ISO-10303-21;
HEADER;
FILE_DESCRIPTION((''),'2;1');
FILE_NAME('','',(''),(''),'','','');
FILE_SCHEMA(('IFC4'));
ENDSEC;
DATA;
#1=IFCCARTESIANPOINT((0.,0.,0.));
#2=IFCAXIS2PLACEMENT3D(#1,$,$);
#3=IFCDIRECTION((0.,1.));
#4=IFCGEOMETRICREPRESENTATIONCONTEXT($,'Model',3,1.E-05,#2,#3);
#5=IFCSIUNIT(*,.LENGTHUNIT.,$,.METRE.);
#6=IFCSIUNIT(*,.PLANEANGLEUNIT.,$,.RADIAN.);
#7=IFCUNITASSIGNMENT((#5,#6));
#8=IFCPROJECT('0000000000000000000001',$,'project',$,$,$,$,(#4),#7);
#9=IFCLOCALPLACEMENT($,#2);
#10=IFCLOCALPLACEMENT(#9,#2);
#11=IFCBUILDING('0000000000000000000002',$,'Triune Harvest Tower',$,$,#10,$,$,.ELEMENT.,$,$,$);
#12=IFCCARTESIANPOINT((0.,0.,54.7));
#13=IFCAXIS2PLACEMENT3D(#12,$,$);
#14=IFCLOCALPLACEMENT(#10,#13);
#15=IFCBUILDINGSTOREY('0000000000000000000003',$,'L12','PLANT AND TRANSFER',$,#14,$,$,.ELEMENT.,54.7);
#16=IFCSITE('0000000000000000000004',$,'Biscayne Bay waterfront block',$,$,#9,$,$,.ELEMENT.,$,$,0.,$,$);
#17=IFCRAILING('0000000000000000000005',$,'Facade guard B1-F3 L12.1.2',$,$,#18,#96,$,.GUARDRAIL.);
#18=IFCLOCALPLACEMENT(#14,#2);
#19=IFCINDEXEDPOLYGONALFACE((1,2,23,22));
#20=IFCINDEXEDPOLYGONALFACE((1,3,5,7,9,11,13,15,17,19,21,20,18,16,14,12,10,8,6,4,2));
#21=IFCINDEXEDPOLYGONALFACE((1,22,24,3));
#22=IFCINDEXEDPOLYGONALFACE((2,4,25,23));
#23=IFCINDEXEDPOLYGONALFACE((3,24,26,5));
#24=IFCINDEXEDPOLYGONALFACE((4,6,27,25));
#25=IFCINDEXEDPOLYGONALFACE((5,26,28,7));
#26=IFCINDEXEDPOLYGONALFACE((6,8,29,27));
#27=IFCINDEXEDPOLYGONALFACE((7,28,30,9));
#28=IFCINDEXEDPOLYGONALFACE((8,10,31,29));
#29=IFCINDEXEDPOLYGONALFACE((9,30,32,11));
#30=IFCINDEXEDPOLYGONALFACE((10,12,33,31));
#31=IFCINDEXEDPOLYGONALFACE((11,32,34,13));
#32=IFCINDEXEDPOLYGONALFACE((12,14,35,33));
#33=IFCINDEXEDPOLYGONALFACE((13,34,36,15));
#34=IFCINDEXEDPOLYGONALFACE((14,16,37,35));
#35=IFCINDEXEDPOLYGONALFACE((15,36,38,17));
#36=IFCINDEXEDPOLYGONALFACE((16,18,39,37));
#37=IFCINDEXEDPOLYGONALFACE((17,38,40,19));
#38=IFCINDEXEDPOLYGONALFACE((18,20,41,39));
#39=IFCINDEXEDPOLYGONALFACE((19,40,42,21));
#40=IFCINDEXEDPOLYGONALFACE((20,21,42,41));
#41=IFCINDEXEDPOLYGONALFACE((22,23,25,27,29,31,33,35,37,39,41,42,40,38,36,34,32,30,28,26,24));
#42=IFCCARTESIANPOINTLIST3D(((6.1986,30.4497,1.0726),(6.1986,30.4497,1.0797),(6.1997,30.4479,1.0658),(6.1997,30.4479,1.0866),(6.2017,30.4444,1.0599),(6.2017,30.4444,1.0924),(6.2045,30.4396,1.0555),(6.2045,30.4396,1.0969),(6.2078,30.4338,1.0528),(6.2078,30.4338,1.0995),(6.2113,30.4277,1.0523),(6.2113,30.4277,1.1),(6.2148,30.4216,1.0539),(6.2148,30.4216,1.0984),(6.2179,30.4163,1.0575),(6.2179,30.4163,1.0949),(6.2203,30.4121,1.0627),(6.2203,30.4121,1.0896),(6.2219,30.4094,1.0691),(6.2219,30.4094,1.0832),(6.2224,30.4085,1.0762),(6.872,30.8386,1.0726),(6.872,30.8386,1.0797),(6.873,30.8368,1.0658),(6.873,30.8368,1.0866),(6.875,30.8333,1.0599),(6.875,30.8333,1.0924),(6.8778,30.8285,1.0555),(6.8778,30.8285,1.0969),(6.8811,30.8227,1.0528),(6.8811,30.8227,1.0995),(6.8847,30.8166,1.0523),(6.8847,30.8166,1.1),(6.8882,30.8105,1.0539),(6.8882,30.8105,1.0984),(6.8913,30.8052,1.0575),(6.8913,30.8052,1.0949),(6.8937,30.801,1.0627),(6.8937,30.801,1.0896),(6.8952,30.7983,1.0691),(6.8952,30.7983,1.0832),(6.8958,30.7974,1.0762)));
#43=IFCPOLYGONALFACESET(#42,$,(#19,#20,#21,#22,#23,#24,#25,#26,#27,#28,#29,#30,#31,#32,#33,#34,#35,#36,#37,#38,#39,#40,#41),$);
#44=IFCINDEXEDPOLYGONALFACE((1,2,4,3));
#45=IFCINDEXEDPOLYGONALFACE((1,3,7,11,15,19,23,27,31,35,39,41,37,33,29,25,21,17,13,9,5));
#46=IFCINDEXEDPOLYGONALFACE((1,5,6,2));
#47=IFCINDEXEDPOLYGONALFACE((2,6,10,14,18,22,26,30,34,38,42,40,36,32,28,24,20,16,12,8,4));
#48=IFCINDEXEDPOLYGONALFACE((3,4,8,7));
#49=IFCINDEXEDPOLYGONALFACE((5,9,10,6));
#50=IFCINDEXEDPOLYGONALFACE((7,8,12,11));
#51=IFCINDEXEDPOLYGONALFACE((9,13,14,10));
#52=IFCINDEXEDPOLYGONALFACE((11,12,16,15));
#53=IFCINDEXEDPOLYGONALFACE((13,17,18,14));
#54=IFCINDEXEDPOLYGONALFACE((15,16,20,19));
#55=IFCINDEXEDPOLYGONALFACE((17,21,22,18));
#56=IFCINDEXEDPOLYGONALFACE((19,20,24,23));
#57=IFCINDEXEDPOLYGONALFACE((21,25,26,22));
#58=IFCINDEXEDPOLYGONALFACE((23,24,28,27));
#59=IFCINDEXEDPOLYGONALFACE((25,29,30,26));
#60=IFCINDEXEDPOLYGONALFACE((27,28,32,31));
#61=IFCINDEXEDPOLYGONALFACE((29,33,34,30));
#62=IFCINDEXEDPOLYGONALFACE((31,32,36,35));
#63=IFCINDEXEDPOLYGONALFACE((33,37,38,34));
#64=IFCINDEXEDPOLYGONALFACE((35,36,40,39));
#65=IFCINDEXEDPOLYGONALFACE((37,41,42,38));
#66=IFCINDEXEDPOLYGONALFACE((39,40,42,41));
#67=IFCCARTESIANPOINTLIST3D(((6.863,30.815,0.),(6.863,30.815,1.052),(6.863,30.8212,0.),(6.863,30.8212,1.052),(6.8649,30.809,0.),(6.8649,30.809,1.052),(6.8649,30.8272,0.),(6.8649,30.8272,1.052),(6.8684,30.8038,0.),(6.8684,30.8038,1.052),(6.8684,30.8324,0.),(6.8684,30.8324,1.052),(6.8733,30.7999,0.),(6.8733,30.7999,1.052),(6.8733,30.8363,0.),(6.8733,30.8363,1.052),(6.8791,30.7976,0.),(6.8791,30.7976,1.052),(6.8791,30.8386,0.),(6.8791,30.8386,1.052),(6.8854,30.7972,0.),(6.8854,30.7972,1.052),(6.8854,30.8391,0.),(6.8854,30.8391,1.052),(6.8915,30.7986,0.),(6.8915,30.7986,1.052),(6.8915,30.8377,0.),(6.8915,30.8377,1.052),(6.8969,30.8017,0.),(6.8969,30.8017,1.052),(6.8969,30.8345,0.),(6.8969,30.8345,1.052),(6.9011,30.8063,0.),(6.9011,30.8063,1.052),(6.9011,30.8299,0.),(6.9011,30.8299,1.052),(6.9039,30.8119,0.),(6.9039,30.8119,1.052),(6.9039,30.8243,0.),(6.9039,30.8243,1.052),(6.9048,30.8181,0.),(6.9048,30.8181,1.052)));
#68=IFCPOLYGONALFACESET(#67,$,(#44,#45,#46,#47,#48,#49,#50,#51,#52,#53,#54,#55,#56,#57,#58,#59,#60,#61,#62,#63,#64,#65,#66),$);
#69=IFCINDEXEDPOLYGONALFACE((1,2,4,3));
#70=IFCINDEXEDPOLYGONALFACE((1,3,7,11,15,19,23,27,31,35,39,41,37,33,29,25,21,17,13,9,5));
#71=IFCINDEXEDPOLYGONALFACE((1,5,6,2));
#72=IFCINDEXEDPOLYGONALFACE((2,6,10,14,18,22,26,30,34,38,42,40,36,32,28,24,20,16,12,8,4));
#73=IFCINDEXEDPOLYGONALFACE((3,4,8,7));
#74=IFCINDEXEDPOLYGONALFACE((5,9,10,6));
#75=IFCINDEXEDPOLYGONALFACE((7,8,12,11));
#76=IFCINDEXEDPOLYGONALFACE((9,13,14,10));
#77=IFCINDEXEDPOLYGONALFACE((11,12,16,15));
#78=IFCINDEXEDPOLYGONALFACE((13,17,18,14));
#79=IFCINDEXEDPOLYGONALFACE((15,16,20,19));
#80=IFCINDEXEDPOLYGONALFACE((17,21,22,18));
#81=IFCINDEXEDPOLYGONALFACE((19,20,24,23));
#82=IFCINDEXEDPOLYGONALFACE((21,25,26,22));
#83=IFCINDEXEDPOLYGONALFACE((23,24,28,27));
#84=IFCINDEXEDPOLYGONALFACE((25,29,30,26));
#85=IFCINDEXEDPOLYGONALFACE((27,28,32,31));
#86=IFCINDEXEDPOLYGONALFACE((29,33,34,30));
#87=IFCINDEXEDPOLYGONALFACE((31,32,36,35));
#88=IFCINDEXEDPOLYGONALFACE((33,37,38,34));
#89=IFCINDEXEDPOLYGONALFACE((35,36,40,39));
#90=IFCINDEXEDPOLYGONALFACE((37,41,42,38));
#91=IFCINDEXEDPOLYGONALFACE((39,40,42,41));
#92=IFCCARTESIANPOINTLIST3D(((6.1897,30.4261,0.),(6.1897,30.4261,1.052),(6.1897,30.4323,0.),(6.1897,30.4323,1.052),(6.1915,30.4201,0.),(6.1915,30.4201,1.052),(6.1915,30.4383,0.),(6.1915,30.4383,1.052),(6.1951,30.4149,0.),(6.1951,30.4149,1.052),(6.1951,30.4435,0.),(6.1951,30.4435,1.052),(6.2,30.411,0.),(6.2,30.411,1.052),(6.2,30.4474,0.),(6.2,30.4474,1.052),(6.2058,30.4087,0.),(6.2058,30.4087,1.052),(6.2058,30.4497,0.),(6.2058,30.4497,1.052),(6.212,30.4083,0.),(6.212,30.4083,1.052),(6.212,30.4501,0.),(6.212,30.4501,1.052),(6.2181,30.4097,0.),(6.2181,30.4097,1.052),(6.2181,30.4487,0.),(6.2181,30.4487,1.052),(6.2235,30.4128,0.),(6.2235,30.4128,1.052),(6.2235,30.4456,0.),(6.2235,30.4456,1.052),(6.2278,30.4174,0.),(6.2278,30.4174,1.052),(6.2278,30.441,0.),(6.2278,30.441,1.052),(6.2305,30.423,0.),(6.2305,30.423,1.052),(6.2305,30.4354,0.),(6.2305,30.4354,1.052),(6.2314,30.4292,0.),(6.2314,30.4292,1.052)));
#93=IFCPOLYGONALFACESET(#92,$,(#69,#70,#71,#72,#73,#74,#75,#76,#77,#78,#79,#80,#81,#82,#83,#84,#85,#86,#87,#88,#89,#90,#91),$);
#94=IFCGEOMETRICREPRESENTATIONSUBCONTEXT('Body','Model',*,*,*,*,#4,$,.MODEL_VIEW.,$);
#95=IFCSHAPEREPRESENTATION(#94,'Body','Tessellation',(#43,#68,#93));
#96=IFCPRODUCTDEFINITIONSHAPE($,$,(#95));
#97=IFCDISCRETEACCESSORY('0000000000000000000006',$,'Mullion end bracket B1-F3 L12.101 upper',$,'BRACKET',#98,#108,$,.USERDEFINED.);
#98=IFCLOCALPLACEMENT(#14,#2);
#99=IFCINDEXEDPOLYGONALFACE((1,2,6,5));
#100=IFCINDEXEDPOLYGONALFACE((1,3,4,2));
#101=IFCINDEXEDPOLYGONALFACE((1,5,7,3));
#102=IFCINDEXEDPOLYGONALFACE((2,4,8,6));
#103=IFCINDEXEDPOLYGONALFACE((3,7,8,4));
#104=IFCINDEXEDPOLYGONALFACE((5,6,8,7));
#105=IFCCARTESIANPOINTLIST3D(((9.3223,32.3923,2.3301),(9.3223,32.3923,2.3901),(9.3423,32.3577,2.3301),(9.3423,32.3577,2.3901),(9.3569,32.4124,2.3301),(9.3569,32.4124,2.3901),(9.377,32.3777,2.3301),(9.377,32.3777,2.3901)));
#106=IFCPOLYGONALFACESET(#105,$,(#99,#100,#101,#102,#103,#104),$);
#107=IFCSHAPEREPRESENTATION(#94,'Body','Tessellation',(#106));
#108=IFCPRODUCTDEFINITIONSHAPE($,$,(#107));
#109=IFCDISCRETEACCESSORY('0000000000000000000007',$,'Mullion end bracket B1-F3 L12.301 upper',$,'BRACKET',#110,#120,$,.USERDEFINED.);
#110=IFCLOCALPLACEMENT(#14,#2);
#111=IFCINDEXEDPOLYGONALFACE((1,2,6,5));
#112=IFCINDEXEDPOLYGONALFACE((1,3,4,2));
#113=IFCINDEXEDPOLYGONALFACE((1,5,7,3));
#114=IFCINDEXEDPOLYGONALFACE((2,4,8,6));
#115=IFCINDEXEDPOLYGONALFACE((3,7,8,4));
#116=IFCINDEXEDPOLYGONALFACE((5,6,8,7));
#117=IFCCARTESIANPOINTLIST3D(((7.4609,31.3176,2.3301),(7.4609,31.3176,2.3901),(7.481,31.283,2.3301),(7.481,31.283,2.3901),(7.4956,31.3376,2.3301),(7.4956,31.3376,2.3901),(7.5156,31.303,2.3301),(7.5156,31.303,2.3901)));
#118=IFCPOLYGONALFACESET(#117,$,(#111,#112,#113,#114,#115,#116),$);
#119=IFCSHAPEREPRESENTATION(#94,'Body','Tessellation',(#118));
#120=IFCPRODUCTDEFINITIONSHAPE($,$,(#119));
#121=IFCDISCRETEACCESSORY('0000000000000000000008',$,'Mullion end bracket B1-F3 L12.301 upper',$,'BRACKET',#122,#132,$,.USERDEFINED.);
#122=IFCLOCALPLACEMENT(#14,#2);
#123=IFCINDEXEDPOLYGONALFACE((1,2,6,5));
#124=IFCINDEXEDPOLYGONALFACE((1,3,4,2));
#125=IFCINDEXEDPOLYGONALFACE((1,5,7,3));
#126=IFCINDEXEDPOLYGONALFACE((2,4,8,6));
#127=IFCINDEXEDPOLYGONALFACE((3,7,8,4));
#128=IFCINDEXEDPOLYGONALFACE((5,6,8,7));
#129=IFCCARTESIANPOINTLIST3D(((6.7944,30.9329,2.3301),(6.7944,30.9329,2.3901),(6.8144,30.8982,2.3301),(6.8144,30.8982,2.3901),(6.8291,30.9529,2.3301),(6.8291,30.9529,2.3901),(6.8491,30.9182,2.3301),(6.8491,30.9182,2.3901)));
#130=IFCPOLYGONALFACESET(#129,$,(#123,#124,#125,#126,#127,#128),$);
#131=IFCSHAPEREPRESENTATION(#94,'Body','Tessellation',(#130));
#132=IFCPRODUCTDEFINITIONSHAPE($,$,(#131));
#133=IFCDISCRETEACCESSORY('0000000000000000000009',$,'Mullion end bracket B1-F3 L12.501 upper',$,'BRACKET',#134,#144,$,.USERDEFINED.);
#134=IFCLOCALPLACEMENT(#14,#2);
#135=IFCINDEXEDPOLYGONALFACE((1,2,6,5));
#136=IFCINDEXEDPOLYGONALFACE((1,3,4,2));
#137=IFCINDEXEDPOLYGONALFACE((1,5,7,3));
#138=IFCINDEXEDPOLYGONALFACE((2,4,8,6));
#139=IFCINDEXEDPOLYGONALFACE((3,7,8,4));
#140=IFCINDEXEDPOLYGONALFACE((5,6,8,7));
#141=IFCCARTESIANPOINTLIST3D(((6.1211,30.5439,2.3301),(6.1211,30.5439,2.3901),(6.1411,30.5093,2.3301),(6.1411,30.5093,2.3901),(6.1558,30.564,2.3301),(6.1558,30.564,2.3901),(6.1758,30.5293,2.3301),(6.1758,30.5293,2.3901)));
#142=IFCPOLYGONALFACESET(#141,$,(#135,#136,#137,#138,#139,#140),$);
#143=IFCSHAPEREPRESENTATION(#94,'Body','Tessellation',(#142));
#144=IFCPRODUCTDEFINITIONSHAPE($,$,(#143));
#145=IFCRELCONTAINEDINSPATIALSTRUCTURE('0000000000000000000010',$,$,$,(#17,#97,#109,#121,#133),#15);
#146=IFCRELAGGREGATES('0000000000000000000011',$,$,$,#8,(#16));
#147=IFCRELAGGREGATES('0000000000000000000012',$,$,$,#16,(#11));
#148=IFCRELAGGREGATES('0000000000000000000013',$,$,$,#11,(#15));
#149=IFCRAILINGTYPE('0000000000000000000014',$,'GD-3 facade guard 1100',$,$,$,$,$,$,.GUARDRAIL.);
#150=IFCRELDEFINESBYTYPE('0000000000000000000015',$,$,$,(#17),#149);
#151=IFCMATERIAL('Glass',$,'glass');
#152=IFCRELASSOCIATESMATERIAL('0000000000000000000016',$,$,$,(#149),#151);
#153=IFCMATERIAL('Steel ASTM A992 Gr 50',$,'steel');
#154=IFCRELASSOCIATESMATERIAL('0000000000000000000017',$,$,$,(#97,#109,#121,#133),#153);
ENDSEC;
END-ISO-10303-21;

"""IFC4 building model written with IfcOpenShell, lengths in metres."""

from ifc_helpers import new_model, si_unit, direction, frame, origin, origin_2d, place, context, subcontext, project, spatial, rectangle, circle, extrude, source, transform, mapped, material, type_object, element, save


model = new_model("IFC4")

# Units and contexts
model_context = context("Model", 3, precision=1e-05, world=origin(), true_north=direction((0.0, 1.0)))
body_context = subcontext(model_context, "Body", "Model", "MODEL_VIEW")
ifc_project = project(units=[si_unit("LENGTHUNIT", "METRE"), si_unit("PLANEANGLEUNIT", "RADIAN")], contexts=[model_context])

# Site, building, storey
site_placement = place(None, origin())
site = spatial("IfcSite", under=ifc_project, at=site_placement, Name="Biscayne Bay waterfront block", CompositionType="ELEMENT", RefElevation=0.0)
building_placement = place(site_placement, origin())
building = spatial("IfcBuilding", under=site, at=building_placement, Name="Triune Harvest Tower", CompositionType="ELEMENT")
storey_placement = place(building_placement, frame((0.0, 0.0, 54.7)))
storey = spatial("IfcBuildingStorey", under=building, at=storey_placement, Name="L12", Description="PLANT AND TRANSFER", CompositionType="ELEMENT", Elevation=54.7)

# Railing
ifc_material_1 = material(Name="Glass", Category="glass")
railing_type = type_object("IfcRailingType", Name="GD-3 facade guard 1100", PredefinedType="GUARDRAIL", material=ifc_material_1)
railing_1_placement = place(storey_placement, frame((6.8838, 30.8181, 0.0)))
element("IfcRailing", 1, at=railing_1_placement, inside=storey, type_object=railing_type, Name="Facade guard B1-F3 L12.1.2", PredefinedType="GUARDRAIL", context=body_context, shape_type="SweptSolid", body=[
    extrude(circle(Radius=0.0239, at=origin_2d()), frame((0.0, 0.0, 1.0762), z_axis=(-0.865935, -0.500157, 0.0), x_axis=(0.500157, -0.865935, 0.0)), (0.0, 0.0, 1.0), 0.7776),
    extrude(circle(Radius=0.021, at=origin_2d()), origin(), (0.0, 0.0, 1.0), 1.052),
    extrude(circle(Radius=0.021, at=origin_2d()), frame((-0.6733, -0.3889, 0.0)), (0.0, 0.0, 1.0), 1.052),
])

# Discrete accessories
ifc_material_2 = material(Name="Steel ASTM A992 Gr 50", Category="steel")
shared_shape_1 = source(origin(), body_context, "Body", "SweptSolid", [
    extrude(rectangle(XDim=0.04, YDim=0.04, at=origin_2d()), origin(), (0.0, 0.0, 1.0), 0.0601),
])
for number, where, z_axis, x_axis, name in (
    (2, (9.3496, 32.385, 2.3301), (0.0, 0.0, 1.0), (-0.866018, -0.500012, 0.0), "Mullion end bracket B1-F3 L12.101 upper"),
    (3, (7.4883, 31.3103, 2.3301), (0.0, 0.0, 1.0), (-0.866054, -0.49995, 0.0), "Mullion end bracket B1-F3 L12.301 upper"),
    (4, (6.8218, 30.9255, 2.3301), (0.0, 0.0, 1.0), (-0.866054, -0.49995, 0.0), "Mullion end bracket B1-F3 L12.301 upper"),
    (5, (6.1484, 30.5366, 2.3301), (0.0, 0.0, 1.0), (-0.866025, -0.500002, 0.0), "Mullion end bracket B1-F3 L12.501 upper"),
):
    element("IfcDiscreteAccessory", number, at=place(storey_placement, frame(where, z_axis=z_axis, x_axis=x_axis)), inside=storey, material=ifc_material_2, Name=name, ObjectType="BRACKET", PredefinedType="USERDEFINED", context=body_context, shape_type="MappedRepresentation", body=[
        mapped(shared_shape_1, transform((0.0, 0.0, 0.0), scale=1.0)),
    ])

save(model, "model.ifc")
